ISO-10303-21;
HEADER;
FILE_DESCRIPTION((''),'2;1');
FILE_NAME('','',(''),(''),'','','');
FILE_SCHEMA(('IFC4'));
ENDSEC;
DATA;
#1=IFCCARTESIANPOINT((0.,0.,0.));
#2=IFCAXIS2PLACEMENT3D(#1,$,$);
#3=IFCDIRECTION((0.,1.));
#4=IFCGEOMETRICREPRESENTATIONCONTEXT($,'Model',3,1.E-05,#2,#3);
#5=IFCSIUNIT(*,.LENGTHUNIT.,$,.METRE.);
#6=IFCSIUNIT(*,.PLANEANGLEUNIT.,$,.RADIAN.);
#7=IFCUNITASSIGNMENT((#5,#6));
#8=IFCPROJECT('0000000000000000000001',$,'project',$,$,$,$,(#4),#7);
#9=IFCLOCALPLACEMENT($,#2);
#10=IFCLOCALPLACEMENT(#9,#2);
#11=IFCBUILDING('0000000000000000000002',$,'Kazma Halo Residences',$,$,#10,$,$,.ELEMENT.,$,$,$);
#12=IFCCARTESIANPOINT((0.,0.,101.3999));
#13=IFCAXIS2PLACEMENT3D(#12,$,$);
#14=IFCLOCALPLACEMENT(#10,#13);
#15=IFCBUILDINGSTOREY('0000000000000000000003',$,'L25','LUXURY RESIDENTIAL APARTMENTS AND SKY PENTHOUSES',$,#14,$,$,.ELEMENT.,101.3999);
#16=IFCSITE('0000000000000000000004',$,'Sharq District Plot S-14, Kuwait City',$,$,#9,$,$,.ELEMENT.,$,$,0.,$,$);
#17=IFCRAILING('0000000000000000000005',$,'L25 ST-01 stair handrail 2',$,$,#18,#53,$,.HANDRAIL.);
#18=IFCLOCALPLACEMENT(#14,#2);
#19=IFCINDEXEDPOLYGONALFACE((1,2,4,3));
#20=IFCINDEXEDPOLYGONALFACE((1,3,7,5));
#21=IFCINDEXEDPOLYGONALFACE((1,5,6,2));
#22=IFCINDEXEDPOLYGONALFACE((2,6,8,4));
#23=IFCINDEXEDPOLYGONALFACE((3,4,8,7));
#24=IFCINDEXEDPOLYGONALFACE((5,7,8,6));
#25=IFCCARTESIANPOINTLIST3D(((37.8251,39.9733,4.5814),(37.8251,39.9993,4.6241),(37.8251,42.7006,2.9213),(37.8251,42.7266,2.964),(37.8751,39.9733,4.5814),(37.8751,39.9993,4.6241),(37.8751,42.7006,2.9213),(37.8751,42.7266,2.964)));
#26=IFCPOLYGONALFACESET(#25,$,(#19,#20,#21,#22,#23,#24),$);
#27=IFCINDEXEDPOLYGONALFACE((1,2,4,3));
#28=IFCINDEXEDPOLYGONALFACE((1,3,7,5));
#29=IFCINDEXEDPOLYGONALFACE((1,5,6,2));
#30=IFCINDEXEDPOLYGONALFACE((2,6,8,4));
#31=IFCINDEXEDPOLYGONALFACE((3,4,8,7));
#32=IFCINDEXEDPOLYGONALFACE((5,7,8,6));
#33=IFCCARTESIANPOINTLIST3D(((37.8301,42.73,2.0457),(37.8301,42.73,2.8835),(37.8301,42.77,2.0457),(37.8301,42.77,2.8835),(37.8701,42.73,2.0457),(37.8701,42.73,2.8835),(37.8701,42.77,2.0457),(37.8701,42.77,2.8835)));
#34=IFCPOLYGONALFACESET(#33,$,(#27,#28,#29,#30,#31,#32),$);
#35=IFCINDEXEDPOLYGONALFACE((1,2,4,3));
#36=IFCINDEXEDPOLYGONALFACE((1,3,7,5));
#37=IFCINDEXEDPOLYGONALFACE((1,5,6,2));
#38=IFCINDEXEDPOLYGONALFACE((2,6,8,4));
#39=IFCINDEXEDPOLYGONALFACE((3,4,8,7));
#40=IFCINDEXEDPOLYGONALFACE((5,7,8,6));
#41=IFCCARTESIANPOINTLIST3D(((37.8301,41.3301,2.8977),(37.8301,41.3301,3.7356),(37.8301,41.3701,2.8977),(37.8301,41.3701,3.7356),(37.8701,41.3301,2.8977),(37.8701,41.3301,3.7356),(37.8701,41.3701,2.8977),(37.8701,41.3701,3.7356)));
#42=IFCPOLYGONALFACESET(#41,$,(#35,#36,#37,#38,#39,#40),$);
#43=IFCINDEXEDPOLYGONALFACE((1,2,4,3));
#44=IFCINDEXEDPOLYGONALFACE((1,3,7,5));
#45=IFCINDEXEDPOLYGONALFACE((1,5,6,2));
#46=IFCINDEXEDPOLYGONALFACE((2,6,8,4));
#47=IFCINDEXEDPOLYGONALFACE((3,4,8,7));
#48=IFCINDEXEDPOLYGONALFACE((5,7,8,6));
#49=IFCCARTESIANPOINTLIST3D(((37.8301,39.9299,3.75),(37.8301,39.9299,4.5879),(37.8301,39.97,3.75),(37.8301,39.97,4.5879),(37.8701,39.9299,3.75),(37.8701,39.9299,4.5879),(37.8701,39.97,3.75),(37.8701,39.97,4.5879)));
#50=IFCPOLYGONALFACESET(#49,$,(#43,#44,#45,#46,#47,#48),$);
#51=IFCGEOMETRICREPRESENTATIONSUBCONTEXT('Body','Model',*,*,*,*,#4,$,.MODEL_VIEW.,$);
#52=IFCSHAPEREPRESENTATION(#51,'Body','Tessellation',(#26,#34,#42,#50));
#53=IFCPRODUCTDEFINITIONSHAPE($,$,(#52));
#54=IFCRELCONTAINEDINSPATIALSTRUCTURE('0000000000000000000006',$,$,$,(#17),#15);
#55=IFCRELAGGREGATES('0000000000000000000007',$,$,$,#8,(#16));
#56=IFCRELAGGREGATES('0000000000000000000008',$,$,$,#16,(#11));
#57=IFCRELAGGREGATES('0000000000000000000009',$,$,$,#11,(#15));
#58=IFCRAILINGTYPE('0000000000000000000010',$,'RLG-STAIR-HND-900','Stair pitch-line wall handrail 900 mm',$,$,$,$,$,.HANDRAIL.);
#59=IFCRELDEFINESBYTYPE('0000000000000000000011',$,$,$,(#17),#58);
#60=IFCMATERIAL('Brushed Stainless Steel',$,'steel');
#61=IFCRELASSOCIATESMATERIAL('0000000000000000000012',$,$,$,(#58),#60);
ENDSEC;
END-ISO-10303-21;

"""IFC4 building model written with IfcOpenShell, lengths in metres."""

from ifc_helpers import new_model, si_unit, direction, frame, origin, origin_2d, place, context, subcontext, project, spatial, rectangle, extrude, material, type_object, element, save


model = new_model("IFC4")

# Units and contexts
model_context = context("Model", 3, precision=1e-05, world=origin(), true_north=direction((0.0, 1.0)))
body_context = subcontext(model_context, "Body", "Model", "MODEL_VIEW")
ifc_project = project(units=[si_unit("LENGTHUNIT", "METRE"), si_unit("PLANEANGLEUNIT", "RADIAN")], contexts=[model_context])

# Site, building, storey
site_placement = place(None, origin())
site = spatial("IfcSite", under=ifc_project, at=site_placement, Name="Sharq District Plot S-14, Kuwait City", CompositionType="ELEMENT", RefElevation=0.0)
building_placement = place(site_placement, origin())
building = spatial("IfcBuilding", under=site, at=building_placement, Name="Kazma Halo Residences", CompositionType="ELEMENT")
storey_placement = place(building_placement, frame((0.0, 0.0, 101.3999)))
storey = spatial("IfcBuildingStorey", under=building, at=storey_placement, Name="L25", Description="LUXURY RESIDENTIAL APARTMENTS AND SKY PENTHOUSES", CompositionType="ELEMENT", Elevation=101.3999)

# Railing
ifc_material_1 = material(Name="Brushed Stainless Steel", Category="steel")
railing_type_1 = type_object("IfcRailingType", Name="RLG-STAIR-HND-900", Description="Stair pitch-line wall handrail 900 mm", PredefinedType="HANDRAIL", material=ifc_material_1)
railing_1_placement = place(storey_placement, frame((37.8501, 42.75, 2.0457)))
element("IfcRailing", 1, at=railing_1_placement, inside=storey, type_object=railing_type_1, Name="L25 ST-01 stair handrail 2", PredefinedType="HANDRAIL", context=body_context, shape_type="SweptSolid", body=[
    extrude(rectangle(XDim=0.05, YDim=0.05, at=origin_2d()), frame((0.0, -0.0364, 0.897), z_axis=(0.0, -0.854203, 0.51994), x_axis=(1.0, 0.0, 0.0)), (0.0, 0.0, 1.0), 3.1929),
    extrude(rectangle(XDim=0.04, YDim=0.04, at=origin_2d()), origin(), (0.0, 0.0, 1.0), 0.8379),
    extrude(rectangle(XDim=0.04, YDim=0.04, at=origin_2d()), frame((0.0, -1.3999, 0.8521)), (0.0, 0.0, 1.0), 0.8379),
    extrude(rectangle(XDim=0.04, YDim=0.04, at=origin_2d()), frame((0.0, -2.8, 1.7043)), (0.0, 0.0, 1.0), 0.8379),
])

save(model, "model.ifc")
